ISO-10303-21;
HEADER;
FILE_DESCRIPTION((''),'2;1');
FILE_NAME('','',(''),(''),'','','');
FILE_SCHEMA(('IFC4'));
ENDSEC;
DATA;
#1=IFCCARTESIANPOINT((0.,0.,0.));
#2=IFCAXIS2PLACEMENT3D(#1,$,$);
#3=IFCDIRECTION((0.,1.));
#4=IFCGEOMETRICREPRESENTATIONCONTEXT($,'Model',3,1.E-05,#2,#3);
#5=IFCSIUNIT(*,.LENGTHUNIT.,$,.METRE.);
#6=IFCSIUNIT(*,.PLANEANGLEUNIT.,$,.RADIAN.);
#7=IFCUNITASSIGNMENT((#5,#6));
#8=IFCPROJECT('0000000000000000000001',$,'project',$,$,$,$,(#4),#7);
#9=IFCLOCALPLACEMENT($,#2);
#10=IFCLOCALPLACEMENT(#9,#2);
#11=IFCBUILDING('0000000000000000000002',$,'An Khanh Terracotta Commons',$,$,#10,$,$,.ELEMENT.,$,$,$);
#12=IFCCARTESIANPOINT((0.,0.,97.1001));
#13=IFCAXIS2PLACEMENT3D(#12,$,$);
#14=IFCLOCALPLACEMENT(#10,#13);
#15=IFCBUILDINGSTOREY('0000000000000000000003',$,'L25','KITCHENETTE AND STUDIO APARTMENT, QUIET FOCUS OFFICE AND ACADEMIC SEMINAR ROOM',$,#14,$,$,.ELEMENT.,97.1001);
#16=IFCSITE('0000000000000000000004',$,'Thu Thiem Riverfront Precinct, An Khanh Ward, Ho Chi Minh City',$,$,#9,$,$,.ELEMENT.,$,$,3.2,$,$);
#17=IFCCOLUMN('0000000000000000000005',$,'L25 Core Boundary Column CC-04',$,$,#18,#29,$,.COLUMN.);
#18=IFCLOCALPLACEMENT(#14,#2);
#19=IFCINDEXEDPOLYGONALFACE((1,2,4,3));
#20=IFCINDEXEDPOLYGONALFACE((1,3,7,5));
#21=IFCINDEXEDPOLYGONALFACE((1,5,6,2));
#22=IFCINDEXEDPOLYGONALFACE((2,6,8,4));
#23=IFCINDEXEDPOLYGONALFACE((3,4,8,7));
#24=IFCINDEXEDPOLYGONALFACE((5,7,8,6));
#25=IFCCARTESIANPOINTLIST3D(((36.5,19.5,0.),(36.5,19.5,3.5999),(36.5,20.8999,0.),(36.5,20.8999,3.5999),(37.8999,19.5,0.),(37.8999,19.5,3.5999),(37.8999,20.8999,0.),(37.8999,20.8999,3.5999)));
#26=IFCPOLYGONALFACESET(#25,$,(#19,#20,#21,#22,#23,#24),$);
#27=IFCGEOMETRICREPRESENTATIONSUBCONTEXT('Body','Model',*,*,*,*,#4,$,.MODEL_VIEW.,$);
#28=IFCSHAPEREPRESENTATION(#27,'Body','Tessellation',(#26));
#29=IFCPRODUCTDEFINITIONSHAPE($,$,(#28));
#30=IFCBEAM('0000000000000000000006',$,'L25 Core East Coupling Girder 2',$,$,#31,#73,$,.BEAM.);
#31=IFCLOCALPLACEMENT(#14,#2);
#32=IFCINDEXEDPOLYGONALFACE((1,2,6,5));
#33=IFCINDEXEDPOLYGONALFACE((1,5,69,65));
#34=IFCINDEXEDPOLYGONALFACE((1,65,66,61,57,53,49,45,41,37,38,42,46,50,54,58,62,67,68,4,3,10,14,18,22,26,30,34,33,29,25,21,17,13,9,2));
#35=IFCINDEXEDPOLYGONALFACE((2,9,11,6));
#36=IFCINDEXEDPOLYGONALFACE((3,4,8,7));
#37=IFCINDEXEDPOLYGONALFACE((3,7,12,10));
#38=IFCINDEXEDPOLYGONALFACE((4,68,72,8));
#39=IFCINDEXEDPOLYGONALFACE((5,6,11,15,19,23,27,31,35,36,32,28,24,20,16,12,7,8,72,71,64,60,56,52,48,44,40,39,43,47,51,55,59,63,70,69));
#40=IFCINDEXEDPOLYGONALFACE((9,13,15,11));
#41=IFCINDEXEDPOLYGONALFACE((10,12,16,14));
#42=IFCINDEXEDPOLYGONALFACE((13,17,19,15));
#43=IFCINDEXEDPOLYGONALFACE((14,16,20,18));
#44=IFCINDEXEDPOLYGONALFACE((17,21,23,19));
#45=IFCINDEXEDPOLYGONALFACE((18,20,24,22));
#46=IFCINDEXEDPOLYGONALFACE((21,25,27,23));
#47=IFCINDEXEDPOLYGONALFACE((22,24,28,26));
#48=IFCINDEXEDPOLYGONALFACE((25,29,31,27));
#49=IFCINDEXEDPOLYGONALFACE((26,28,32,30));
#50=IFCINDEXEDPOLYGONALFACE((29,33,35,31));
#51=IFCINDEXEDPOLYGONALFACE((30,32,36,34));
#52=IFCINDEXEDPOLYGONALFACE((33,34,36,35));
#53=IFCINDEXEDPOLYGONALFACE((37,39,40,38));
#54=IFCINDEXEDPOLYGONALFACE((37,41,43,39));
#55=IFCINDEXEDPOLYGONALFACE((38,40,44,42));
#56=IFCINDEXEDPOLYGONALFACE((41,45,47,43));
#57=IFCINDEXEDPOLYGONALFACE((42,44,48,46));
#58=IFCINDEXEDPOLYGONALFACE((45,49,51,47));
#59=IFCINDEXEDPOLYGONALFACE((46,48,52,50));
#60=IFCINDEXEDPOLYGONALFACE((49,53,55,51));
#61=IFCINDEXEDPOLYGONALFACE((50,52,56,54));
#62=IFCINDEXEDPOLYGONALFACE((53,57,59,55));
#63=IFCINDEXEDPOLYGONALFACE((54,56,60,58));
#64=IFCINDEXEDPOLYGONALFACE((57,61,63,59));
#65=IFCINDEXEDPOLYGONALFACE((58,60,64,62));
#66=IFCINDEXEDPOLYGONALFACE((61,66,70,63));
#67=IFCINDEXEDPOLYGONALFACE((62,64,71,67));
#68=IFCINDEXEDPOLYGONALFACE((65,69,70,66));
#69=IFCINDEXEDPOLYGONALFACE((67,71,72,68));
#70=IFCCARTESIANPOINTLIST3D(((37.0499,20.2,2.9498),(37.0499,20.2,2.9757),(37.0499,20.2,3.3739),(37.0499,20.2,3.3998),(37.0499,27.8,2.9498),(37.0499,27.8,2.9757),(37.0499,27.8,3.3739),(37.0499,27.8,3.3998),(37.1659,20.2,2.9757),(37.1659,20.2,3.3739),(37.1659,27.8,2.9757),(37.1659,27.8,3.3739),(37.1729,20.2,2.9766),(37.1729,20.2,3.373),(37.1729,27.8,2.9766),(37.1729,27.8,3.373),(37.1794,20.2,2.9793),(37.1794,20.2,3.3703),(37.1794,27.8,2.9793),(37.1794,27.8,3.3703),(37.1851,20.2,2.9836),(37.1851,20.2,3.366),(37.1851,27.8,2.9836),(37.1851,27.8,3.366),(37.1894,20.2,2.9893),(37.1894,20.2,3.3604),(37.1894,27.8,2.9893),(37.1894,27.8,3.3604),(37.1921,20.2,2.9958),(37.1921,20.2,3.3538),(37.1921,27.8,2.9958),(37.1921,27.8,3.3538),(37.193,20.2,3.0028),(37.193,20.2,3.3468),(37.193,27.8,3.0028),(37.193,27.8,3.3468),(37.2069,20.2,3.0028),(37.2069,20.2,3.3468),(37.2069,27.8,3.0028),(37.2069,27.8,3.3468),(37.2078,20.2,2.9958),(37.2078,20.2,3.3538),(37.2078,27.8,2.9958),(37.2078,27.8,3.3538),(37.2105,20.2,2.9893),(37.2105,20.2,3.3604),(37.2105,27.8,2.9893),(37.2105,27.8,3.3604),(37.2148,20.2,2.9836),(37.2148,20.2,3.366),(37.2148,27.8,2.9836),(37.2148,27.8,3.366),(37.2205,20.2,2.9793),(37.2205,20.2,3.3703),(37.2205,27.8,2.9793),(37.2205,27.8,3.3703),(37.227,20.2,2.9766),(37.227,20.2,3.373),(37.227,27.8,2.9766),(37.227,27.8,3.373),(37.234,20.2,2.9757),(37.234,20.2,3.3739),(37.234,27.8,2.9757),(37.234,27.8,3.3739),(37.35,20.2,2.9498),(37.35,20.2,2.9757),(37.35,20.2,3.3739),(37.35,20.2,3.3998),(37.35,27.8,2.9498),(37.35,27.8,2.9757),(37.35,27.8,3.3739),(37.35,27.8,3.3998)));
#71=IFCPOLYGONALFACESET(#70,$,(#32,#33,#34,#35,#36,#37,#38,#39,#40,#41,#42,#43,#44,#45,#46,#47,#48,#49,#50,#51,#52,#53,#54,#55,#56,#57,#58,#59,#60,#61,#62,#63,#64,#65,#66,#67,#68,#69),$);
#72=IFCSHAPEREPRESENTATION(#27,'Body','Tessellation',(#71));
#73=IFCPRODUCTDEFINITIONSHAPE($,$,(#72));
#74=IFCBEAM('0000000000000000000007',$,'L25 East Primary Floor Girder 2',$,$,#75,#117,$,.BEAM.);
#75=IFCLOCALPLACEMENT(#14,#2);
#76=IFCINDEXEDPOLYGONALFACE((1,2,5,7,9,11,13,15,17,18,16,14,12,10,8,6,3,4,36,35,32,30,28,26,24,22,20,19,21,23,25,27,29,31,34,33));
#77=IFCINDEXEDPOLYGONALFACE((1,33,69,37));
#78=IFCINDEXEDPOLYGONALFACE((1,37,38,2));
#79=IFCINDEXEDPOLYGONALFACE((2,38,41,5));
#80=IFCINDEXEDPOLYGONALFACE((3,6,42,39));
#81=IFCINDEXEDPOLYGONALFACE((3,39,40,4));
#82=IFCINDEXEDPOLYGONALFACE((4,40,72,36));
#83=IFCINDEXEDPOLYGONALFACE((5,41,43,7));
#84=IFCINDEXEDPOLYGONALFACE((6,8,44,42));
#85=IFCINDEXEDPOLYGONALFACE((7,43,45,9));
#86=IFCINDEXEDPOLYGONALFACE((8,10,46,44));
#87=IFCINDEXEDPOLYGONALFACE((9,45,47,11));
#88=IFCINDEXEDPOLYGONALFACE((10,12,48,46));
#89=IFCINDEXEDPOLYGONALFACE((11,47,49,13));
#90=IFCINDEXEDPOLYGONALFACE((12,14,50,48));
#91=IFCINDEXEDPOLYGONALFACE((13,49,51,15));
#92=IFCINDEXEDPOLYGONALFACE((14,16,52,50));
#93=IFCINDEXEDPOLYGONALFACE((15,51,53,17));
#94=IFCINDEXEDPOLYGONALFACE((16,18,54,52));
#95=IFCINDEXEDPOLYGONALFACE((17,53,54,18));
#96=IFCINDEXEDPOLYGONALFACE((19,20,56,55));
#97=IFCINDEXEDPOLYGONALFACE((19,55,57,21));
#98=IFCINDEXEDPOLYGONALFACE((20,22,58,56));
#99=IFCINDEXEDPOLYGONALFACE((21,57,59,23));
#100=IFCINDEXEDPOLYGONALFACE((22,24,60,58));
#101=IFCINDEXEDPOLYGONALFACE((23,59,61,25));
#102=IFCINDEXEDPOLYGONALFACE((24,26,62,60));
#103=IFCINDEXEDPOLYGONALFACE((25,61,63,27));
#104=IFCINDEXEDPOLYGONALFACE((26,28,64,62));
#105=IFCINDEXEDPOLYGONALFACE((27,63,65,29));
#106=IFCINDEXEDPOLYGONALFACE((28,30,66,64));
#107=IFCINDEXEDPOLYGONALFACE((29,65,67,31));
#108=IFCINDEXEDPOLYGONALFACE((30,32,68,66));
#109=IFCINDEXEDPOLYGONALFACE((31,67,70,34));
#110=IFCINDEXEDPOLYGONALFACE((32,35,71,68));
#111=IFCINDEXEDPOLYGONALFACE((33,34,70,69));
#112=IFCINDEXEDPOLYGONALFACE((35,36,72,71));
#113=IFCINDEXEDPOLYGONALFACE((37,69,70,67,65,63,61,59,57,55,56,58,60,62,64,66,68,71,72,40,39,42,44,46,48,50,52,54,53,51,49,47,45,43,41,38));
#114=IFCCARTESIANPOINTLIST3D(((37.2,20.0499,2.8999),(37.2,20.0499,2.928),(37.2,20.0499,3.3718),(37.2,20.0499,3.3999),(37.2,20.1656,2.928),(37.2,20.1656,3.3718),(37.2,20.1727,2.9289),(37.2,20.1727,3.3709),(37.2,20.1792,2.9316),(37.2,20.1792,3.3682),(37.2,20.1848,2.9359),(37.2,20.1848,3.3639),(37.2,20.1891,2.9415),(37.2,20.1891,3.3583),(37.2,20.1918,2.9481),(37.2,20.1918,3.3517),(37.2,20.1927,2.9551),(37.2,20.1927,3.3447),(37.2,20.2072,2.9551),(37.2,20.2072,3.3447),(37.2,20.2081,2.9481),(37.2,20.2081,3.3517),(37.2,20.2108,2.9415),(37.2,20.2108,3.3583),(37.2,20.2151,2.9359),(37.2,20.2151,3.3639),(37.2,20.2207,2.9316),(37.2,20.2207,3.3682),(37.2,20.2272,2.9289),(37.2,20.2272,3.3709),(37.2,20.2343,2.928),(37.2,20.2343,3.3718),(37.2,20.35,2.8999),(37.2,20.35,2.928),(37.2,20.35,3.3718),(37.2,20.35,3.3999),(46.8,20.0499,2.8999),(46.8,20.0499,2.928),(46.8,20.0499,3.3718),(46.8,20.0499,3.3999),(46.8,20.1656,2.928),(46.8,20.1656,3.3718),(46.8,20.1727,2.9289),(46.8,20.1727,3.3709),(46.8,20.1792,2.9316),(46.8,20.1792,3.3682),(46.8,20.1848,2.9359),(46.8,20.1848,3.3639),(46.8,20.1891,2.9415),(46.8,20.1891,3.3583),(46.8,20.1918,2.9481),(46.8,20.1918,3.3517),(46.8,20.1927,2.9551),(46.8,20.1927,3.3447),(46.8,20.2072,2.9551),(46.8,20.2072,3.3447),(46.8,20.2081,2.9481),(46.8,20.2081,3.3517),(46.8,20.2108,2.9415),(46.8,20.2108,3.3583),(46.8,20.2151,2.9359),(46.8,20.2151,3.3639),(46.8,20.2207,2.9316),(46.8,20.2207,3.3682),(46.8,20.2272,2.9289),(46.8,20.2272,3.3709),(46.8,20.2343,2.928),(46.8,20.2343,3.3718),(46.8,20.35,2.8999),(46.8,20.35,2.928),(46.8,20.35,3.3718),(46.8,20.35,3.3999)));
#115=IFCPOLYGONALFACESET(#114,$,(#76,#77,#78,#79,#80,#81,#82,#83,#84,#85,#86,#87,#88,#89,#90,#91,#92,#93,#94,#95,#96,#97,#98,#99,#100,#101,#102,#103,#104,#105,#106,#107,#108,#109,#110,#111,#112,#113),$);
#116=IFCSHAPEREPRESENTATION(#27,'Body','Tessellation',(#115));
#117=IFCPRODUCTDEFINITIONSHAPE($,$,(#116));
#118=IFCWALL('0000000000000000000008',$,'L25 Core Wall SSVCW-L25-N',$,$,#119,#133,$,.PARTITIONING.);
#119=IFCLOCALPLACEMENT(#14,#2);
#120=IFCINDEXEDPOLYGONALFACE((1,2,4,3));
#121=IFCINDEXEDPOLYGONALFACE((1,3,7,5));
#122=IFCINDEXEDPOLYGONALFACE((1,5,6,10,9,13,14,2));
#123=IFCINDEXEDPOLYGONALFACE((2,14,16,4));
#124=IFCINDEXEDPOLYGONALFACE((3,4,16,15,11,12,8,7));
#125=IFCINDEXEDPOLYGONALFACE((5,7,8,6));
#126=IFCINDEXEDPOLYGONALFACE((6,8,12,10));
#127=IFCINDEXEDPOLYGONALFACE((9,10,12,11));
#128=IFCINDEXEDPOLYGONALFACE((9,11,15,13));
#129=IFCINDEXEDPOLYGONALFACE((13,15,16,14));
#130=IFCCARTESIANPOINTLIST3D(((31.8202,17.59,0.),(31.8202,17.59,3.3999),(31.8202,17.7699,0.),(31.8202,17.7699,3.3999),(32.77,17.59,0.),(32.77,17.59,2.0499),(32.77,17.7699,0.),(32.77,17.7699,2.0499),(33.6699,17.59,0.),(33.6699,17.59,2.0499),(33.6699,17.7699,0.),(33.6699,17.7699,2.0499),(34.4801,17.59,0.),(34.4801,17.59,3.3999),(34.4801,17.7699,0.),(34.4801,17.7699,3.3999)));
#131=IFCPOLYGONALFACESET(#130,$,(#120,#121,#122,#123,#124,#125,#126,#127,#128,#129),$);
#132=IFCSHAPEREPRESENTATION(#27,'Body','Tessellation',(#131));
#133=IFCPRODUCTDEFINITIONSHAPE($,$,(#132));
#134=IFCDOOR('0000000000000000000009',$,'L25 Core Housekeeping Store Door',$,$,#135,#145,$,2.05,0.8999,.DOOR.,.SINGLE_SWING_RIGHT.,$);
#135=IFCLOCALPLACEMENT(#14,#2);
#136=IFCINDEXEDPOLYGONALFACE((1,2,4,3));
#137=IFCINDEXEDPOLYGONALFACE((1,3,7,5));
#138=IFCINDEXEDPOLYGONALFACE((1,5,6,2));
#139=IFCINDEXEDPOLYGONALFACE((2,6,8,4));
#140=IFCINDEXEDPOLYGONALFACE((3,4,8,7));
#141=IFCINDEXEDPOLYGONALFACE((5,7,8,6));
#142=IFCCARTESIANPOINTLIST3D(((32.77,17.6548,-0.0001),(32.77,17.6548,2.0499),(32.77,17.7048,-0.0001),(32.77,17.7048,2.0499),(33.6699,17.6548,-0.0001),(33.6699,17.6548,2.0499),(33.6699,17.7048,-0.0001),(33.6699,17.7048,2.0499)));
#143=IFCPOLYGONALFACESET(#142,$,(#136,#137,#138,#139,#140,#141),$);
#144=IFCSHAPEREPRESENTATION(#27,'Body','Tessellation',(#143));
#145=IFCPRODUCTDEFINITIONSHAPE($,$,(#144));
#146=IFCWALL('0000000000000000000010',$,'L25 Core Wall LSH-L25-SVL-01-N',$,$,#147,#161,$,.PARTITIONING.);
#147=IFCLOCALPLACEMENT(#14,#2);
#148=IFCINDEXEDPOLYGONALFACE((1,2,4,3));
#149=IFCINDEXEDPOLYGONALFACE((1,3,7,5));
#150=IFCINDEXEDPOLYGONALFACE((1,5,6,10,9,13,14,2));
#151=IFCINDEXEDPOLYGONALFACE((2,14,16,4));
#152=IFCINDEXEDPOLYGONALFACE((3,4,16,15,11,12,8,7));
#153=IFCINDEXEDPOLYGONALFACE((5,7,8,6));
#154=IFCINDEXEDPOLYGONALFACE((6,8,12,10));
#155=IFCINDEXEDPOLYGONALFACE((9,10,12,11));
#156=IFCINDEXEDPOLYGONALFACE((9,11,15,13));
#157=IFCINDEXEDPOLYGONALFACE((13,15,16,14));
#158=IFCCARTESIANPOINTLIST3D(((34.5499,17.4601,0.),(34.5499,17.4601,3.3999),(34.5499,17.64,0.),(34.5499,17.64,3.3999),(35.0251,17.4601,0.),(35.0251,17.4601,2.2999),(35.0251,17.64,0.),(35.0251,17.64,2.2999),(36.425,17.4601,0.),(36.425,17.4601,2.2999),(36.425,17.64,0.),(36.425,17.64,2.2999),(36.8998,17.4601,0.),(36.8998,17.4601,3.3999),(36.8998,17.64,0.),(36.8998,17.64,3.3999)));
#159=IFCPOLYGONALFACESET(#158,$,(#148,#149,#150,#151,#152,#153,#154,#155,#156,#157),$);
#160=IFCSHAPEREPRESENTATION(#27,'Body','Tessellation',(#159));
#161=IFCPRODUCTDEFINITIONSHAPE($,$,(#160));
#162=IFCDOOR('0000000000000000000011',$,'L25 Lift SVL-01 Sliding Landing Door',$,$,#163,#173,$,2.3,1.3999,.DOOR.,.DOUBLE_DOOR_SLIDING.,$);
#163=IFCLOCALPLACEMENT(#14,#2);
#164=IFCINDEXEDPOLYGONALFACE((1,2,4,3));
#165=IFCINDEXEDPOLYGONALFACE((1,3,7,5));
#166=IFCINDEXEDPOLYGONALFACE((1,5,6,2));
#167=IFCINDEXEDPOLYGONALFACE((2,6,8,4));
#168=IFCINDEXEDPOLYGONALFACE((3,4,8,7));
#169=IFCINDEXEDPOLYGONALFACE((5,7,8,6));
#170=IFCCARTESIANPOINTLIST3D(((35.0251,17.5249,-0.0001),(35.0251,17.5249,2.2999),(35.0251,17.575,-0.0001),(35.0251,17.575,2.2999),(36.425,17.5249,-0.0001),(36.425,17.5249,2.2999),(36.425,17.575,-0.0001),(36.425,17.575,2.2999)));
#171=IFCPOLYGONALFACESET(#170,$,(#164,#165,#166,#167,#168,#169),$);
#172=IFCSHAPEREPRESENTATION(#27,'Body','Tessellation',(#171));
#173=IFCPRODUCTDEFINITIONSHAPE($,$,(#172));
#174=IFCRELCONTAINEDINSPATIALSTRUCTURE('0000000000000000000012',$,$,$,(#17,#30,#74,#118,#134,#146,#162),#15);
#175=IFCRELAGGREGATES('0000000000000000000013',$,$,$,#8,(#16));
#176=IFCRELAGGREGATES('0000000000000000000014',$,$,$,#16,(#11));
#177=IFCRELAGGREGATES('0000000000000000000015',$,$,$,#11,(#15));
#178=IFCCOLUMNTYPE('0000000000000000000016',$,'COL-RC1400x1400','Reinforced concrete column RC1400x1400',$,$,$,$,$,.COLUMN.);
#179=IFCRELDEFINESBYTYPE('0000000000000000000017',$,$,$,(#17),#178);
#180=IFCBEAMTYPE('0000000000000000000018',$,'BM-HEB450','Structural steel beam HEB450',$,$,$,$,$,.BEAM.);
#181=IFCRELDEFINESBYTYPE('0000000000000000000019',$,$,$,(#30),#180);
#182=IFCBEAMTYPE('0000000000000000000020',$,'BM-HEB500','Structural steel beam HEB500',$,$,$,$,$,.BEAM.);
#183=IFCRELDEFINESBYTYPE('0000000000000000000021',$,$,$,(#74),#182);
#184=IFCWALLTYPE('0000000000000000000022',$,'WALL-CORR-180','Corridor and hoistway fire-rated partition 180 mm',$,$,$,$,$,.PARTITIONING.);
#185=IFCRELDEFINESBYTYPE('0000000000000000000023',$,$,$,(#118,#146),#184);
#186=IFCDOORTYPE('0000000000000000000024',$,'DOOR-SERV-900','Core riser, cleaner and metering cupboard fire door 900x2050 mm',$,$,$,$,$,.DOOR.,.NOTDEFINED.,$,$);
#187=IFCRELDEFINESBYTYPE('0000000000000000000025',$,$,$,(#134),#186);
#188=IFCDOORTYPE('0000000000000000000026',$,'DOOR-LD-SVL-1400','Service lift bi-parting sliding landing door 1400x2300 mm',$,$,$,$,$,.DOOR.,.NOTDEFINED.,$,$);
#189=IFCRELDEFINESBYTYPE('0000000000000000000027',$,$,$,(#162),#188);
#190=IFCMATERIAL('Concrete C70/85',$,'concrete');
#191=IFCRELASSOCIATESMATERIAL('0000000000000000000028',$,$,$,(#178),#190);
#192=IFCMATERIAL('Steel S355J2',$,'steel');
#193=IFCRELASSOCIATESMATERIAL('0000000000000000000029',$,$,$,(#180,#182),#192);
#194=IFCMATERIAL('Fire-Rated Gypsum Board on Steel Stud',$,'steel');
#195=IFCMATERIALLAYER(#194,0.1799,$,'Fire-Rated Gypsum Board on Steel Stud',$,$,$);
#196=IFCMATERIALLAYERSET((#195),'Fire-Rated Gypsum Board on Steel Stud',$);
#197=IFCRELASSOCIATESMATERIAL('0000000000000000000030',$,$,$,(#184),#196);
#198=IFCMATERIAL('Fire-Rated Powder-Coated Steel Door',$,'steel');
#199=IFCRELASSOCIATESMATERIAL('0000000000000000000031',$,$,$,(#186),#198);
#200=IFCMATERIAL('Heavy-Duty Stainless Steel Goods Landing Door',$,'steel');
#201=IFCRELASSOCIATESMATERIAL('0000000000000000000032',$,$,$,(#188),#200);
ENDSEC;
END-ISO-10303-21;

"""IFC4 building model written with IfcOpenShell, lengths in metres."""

from ifc_helpers import new_model, si_unit, direction, frame, frame_2d, origin, origin_2d, place, context, subcontext, project, spatial, rectangle, i_section, extrude, material, layer, layer_set, material_profile, profile_set, type_object, element, fill, save


model = new_model("IFC4")

# Units and contexts
model_context = context("Model", 3, precision=1e-05, world=origin(), true_north=direction((0.0, 1.0)))
body_context = subcontext(model_context, "Body", "Model", "MODEL_VIEW")
ifc_project = project(units=[si_unit("LENGTHUNIT", "METRE"), si_unit("PLANEANGLEUNIT", "RADIAN")], contexts=[model_context])

# Site, building, storey
site_placement = place(None, origin())
site = spatial("IfcSite", under=ifc_project, at=site_placement, Name="Thu Thiem Riverfront Precinct, An Khanh Ward, Ho Chi Minh City", CompositionType="ELEMENT", RefElevation=3.2)
building_placement = place(site_placement, origin())
building = spatial("IfcBuilding", under=site, at=building_placement, Name="An Khanh Terracotta Commons", CompositionType="ELEMENT")
storey_placement = place(building_placement, frame((0.0, 0.0, 97.1001)))
storey = spatial("IfcBuildingStorey", under=building, at=storey_placement, Name="L25", Description="KITCHENETTE AND STUDIO APARTMENT, QUIET FOCUS OFFICE AND ACADEMIC SEMINAR ROOM", CompositionType="ELEMENT", Elevation=97.1001)

# Column
ifc_material_1 = material(Name="Concrete C70/85", Category="concrete")
ifc_material_profile_1 = material_profile(ifc_material_1, rectangle(XDim=1.3999, YDim=1.3999, at=origin_2d()), Name="RC1400x1400")
ifc_profile_set_1 = profile_set([ifc_material_profile_1], Name="Concrete C70/85")
column_type = type_object("IfcColumnType", Name="COL-RC1400x1400", Description="Reinforced concrete column RC1400x1400", PredefinedType="COLUMN", material=ifc_profile_set_1)
column_placement = place(storey_placement, frame((37.2, 20.2, 0.0), z_axis=(0.0, 0.0, 1.0), x_axis=(1.0, 0.0, 0.0)))
element("IfcColumn", 1, at=column_placement, inside=storey, type_object=column_type, Name="L25 Core Boundary Column CC-04", PredefinedType="COLUMN", context=body_context, shape_type="SweptSolid", body=[
    extrude(rectangle(XDim=1.3999, YDim=1.3999, at=origin_2d()), origin(), (0.0, 0.0, 1.0), 3.5999),
])

# Beams
ifc_material_2 = material(Name="Steel S355J2", Category="steel")
ifc_material_profile_2 = material_profile(ifc_material_2, i_section(OverallWidth=0.3, OverallDepth=0.45, WebThickness=0.0139, FlangeThickness=0.0259, FilletRadius=0.0271, at=origin_2d()), Name="HEB450")
ifc_profile_set_2 = profile_set([ifc_material_profile_2], Name="Steel S355J2")
beam_type_1 = type_object("IfcBeamType", Name="BM-HEB450", Description="Structural steel beam HEB450", PredefinedType="BEAM", material=ifc_profile_set_2)
beam_1_placement = place(storey_placement, frame((37.2, 20.2, 3.1748), z_axis=(0.0, 1.0, 0.0), x_axis=(-1.0, 0.0, 0.0)))
element("IfcBeam", 2, at=beam_1_placement, inside=storey, type_object=beam_type_1, Name="L25 Core East Coupling Girder 2", PredefinedType="BEAM", context=body_context, shape_type="SweptSolid", body=[
    extrude(i_section(OverallWidth=0.3, OverallDepth=0.45, WebThickness=0.0139, FlangeThickness=0.0259, FilletRadius=0.0271, at=origin_2d()), origin(), (0.0, 0.0, 1.0), 7.6001),
])
ifc_material_profile_3 = material_profile(ifc_material_2, i_section(OverallWidth=0.3, OverallDepth=0.5, WebThickness=0.0144, FlangeThickness=0.0281, FilletRadius=0.0271, at=origin_2d()), Name="HEB500")
ifc_profile_set_3 = profile_set([ifc_material_profile_3], Name="Steel S355J2")
beam_type_2 = type_object("IfcBeamType", Name="BM-HEB500", Description="Structural steel beam HEB500", PredefinedType="BEAM", material=ifc_profile_set_3)
beam_2_placement = place(storey_placement, frame((37.2, 20.2, 3.1499), z_axis=(1.0, 0.0, 0.0), x_axis=(0.0, 1.0, 0.0)))
element("IfcBeam", 3, at=beam_2_placement, inside=storey, type_object=beam_type_2, Name="L25 East Primary Floor Girder 2", PredefinedType="BEAM", context=body_context, shape_type="SweptSolid", body=[
    extrude(i_section(OverallWidth=0.3, OverallDepth=0.5, WebThickness=0.0144, FlangeThickness=0.0281, FilletRadius=0.0271, at=origin_2d()), origin(), (0.0, 0.0, 1.0), 9.6001),
])

# Walls, openings, doors
ifc_material_3 = material(Name="Fire-Rated Gypsum Board on Steel Stud", Category="steel")
ifc_layer_1 = layer(ifc_material_3, 0.1799, Name="Fire-Rated Gypsum Board on Steel Stud")
ifc_layer_set_1 = layer_set([ifc_layer_1], Name="Fire-Rated Gypsum Board on Steel Stud")
wall_type_1 = type_object("IfcWallType", Name="WALL-CORR-180", Description="Corridor and hoistway fire-rated partition 180 mm", PredefinedType="PARTITIONING", material=ifc_layer_set_1)
wall_1_placement = place(storey_placement, frame((31.8201, 17.6799, 0.0), z_axis=(0.0, 0.0, 1.0), x_axis=(1.0, 0.0, 0.0)))
wall_1 = element("IfcWall", 4, at=wall_1_placement, inside=storey, type_object=wall_type_1, Name="L25 Core Wall SSVCW-L25-N", PredefinedType="PARTITIONING", context=body_context, shape_type="SweptSolid", body=[
    extrude(rectangle(XDim=2.6599, YDim=0.1799, at=frame_2d((1.3301, 0.0))), origin(), (0.0, 0.0, 1.0), 3.3999),
])
opening_1_placement = place(wall_1_placement, frame((0.95, 0.0, 0.0)))
opening_1 = element("IfcOpeningElement", 5, at=opening_1_placement, cuts=wall_1, PredefinedType="OPENING", context=body_context, shape_type="SweptSolid", body=[
    extrude(rectangle(XDim=0.8999, YDim=2.05, at=frame_2d((0.45, 1.0249))), frame((0.0, 0.0999, 0.0), z_axis=(0.0, -1.0, 0.0), x_axis=(1.0, 0.0, 0.0)), (0.0, 0.0, 1.0), 0.2),
])
ifc_material_4 = material(Name="Fire-Rated Powder-Coated Steel Door", Category="steel")
door_type_1 = type_object("IfcDoorType", Name="DOOR-SERV-900", Description="Core riser, cleaner and metering cupboard fire door 900x2050 mm", OperationType="NOTDEFINED", PredefinedType="DOOR", material=ifc_material_4)
door_1_placement = place(opening_1_placement, origin())
door_1 = element("IfcDoor", 6, at=door_1_placement, inside=storey, type_object=door_type_1, Name="L25 Core Housekeeping Store Door", OperationType="SINGLE_SWING_RIGHT", OverallHeight=2.05, OverallWidth=0.8999, PredefinedType="DOOR", context=body_context, shape_type="SweptSolid", body=[
    extrude(rectangle(XDim=0.8999, YDim=2.05, at=frame_2d((0.45, 1.0249))), frame((0.0, 0.0249, 0.0), z_axis=(0.0, -1.0, 0.0), x_axis=(1.0, 0.0, 0.0)), (0.0, 0.0, 1.0), 0.05),
])
fill(opening_1, door_1)
wall_2_placement = place(storey_placement, frame((34.55, 17.55, 0.0), z_axis=(0.0, 0.0, 1.0), x_axis=(1.0, 0.0, 0.0)))
wall_2 = element("IfcWall", 7, at=wall_2_placement, inside=storey, type_object=wall_type_1, Name="L25 Core Wall LSH-L25-SVL-01-N", PredefinedType="PARTITIONING", context=body_context, shape_type="SweptSolid", body=[
    extrude(rectangle(XDim=2.3499, YDim=0.1799, at=frame_2d((1.1748, 0.0))), origin(), (0.0, 0.0, 1.0), 3.3999),
])
opening_2_placement = place(wall_2_placement, frame((0.4751, 0.0, 0.0)))
opening_2 = element("IfcOpeningElement", 8, at=opening_2_placement, cuts=wall_2, PredefinedType="OPENING", context=body_context, shape_type="SweptSolid", body=[
    extrude(rectangle(XDim=1.3999, YDim=2.3, at=frame_2d((0.7, 1.1499))), frame((0.0, 0.0999, 0.0), z_axis=(0.0, -1.0, 0.0), x_axis=(1.0, 0.0, 0.0)), (0.0, 0.0, 1.0), 0.2),
])
ifc_material_5 = material(Name="Heavy-Duty Stainless Steel Goods Landing Door", Category="steel")
door_type_2 = type_object("IfcDoorType", Name="DOOR-LD-SVL-1400", Description="Service lift bi-parting sliding landing door 1400x2300 mm", OperationType="NOTDEFINED", PredefinedType="DOOR", material=ifc_material_5)
door_2_placement = place(opening_2_placement, origin())
door_2 = element("IfcDoor", 9, at=door_2_placement, inside=storey, type_object=door_type_2, Name="L25 Lift SVL-01 Sliding Landing Door", OperationType="DOUBLE_DOOR_SLIDING", OverallHeight=2.3, OverallWidth=1.3999, PredefinedType="DOOR", context=body_context, shape_type="SweptSolid", body=[
    extrude(rectangle(XDim=1.3999, YDim=2.3, at=frame_2d((0.7, 1.1499))), frame((0.0, 0.0249, 0.0), z_axis=(0.0, -1.0, 0.0), x_axis=(1.0, 0.0, 0.0)), (0.0, 0.0, 1.0), 0.05),
])
fill(opening_2, door_2)

save(model, "model.ifc")
